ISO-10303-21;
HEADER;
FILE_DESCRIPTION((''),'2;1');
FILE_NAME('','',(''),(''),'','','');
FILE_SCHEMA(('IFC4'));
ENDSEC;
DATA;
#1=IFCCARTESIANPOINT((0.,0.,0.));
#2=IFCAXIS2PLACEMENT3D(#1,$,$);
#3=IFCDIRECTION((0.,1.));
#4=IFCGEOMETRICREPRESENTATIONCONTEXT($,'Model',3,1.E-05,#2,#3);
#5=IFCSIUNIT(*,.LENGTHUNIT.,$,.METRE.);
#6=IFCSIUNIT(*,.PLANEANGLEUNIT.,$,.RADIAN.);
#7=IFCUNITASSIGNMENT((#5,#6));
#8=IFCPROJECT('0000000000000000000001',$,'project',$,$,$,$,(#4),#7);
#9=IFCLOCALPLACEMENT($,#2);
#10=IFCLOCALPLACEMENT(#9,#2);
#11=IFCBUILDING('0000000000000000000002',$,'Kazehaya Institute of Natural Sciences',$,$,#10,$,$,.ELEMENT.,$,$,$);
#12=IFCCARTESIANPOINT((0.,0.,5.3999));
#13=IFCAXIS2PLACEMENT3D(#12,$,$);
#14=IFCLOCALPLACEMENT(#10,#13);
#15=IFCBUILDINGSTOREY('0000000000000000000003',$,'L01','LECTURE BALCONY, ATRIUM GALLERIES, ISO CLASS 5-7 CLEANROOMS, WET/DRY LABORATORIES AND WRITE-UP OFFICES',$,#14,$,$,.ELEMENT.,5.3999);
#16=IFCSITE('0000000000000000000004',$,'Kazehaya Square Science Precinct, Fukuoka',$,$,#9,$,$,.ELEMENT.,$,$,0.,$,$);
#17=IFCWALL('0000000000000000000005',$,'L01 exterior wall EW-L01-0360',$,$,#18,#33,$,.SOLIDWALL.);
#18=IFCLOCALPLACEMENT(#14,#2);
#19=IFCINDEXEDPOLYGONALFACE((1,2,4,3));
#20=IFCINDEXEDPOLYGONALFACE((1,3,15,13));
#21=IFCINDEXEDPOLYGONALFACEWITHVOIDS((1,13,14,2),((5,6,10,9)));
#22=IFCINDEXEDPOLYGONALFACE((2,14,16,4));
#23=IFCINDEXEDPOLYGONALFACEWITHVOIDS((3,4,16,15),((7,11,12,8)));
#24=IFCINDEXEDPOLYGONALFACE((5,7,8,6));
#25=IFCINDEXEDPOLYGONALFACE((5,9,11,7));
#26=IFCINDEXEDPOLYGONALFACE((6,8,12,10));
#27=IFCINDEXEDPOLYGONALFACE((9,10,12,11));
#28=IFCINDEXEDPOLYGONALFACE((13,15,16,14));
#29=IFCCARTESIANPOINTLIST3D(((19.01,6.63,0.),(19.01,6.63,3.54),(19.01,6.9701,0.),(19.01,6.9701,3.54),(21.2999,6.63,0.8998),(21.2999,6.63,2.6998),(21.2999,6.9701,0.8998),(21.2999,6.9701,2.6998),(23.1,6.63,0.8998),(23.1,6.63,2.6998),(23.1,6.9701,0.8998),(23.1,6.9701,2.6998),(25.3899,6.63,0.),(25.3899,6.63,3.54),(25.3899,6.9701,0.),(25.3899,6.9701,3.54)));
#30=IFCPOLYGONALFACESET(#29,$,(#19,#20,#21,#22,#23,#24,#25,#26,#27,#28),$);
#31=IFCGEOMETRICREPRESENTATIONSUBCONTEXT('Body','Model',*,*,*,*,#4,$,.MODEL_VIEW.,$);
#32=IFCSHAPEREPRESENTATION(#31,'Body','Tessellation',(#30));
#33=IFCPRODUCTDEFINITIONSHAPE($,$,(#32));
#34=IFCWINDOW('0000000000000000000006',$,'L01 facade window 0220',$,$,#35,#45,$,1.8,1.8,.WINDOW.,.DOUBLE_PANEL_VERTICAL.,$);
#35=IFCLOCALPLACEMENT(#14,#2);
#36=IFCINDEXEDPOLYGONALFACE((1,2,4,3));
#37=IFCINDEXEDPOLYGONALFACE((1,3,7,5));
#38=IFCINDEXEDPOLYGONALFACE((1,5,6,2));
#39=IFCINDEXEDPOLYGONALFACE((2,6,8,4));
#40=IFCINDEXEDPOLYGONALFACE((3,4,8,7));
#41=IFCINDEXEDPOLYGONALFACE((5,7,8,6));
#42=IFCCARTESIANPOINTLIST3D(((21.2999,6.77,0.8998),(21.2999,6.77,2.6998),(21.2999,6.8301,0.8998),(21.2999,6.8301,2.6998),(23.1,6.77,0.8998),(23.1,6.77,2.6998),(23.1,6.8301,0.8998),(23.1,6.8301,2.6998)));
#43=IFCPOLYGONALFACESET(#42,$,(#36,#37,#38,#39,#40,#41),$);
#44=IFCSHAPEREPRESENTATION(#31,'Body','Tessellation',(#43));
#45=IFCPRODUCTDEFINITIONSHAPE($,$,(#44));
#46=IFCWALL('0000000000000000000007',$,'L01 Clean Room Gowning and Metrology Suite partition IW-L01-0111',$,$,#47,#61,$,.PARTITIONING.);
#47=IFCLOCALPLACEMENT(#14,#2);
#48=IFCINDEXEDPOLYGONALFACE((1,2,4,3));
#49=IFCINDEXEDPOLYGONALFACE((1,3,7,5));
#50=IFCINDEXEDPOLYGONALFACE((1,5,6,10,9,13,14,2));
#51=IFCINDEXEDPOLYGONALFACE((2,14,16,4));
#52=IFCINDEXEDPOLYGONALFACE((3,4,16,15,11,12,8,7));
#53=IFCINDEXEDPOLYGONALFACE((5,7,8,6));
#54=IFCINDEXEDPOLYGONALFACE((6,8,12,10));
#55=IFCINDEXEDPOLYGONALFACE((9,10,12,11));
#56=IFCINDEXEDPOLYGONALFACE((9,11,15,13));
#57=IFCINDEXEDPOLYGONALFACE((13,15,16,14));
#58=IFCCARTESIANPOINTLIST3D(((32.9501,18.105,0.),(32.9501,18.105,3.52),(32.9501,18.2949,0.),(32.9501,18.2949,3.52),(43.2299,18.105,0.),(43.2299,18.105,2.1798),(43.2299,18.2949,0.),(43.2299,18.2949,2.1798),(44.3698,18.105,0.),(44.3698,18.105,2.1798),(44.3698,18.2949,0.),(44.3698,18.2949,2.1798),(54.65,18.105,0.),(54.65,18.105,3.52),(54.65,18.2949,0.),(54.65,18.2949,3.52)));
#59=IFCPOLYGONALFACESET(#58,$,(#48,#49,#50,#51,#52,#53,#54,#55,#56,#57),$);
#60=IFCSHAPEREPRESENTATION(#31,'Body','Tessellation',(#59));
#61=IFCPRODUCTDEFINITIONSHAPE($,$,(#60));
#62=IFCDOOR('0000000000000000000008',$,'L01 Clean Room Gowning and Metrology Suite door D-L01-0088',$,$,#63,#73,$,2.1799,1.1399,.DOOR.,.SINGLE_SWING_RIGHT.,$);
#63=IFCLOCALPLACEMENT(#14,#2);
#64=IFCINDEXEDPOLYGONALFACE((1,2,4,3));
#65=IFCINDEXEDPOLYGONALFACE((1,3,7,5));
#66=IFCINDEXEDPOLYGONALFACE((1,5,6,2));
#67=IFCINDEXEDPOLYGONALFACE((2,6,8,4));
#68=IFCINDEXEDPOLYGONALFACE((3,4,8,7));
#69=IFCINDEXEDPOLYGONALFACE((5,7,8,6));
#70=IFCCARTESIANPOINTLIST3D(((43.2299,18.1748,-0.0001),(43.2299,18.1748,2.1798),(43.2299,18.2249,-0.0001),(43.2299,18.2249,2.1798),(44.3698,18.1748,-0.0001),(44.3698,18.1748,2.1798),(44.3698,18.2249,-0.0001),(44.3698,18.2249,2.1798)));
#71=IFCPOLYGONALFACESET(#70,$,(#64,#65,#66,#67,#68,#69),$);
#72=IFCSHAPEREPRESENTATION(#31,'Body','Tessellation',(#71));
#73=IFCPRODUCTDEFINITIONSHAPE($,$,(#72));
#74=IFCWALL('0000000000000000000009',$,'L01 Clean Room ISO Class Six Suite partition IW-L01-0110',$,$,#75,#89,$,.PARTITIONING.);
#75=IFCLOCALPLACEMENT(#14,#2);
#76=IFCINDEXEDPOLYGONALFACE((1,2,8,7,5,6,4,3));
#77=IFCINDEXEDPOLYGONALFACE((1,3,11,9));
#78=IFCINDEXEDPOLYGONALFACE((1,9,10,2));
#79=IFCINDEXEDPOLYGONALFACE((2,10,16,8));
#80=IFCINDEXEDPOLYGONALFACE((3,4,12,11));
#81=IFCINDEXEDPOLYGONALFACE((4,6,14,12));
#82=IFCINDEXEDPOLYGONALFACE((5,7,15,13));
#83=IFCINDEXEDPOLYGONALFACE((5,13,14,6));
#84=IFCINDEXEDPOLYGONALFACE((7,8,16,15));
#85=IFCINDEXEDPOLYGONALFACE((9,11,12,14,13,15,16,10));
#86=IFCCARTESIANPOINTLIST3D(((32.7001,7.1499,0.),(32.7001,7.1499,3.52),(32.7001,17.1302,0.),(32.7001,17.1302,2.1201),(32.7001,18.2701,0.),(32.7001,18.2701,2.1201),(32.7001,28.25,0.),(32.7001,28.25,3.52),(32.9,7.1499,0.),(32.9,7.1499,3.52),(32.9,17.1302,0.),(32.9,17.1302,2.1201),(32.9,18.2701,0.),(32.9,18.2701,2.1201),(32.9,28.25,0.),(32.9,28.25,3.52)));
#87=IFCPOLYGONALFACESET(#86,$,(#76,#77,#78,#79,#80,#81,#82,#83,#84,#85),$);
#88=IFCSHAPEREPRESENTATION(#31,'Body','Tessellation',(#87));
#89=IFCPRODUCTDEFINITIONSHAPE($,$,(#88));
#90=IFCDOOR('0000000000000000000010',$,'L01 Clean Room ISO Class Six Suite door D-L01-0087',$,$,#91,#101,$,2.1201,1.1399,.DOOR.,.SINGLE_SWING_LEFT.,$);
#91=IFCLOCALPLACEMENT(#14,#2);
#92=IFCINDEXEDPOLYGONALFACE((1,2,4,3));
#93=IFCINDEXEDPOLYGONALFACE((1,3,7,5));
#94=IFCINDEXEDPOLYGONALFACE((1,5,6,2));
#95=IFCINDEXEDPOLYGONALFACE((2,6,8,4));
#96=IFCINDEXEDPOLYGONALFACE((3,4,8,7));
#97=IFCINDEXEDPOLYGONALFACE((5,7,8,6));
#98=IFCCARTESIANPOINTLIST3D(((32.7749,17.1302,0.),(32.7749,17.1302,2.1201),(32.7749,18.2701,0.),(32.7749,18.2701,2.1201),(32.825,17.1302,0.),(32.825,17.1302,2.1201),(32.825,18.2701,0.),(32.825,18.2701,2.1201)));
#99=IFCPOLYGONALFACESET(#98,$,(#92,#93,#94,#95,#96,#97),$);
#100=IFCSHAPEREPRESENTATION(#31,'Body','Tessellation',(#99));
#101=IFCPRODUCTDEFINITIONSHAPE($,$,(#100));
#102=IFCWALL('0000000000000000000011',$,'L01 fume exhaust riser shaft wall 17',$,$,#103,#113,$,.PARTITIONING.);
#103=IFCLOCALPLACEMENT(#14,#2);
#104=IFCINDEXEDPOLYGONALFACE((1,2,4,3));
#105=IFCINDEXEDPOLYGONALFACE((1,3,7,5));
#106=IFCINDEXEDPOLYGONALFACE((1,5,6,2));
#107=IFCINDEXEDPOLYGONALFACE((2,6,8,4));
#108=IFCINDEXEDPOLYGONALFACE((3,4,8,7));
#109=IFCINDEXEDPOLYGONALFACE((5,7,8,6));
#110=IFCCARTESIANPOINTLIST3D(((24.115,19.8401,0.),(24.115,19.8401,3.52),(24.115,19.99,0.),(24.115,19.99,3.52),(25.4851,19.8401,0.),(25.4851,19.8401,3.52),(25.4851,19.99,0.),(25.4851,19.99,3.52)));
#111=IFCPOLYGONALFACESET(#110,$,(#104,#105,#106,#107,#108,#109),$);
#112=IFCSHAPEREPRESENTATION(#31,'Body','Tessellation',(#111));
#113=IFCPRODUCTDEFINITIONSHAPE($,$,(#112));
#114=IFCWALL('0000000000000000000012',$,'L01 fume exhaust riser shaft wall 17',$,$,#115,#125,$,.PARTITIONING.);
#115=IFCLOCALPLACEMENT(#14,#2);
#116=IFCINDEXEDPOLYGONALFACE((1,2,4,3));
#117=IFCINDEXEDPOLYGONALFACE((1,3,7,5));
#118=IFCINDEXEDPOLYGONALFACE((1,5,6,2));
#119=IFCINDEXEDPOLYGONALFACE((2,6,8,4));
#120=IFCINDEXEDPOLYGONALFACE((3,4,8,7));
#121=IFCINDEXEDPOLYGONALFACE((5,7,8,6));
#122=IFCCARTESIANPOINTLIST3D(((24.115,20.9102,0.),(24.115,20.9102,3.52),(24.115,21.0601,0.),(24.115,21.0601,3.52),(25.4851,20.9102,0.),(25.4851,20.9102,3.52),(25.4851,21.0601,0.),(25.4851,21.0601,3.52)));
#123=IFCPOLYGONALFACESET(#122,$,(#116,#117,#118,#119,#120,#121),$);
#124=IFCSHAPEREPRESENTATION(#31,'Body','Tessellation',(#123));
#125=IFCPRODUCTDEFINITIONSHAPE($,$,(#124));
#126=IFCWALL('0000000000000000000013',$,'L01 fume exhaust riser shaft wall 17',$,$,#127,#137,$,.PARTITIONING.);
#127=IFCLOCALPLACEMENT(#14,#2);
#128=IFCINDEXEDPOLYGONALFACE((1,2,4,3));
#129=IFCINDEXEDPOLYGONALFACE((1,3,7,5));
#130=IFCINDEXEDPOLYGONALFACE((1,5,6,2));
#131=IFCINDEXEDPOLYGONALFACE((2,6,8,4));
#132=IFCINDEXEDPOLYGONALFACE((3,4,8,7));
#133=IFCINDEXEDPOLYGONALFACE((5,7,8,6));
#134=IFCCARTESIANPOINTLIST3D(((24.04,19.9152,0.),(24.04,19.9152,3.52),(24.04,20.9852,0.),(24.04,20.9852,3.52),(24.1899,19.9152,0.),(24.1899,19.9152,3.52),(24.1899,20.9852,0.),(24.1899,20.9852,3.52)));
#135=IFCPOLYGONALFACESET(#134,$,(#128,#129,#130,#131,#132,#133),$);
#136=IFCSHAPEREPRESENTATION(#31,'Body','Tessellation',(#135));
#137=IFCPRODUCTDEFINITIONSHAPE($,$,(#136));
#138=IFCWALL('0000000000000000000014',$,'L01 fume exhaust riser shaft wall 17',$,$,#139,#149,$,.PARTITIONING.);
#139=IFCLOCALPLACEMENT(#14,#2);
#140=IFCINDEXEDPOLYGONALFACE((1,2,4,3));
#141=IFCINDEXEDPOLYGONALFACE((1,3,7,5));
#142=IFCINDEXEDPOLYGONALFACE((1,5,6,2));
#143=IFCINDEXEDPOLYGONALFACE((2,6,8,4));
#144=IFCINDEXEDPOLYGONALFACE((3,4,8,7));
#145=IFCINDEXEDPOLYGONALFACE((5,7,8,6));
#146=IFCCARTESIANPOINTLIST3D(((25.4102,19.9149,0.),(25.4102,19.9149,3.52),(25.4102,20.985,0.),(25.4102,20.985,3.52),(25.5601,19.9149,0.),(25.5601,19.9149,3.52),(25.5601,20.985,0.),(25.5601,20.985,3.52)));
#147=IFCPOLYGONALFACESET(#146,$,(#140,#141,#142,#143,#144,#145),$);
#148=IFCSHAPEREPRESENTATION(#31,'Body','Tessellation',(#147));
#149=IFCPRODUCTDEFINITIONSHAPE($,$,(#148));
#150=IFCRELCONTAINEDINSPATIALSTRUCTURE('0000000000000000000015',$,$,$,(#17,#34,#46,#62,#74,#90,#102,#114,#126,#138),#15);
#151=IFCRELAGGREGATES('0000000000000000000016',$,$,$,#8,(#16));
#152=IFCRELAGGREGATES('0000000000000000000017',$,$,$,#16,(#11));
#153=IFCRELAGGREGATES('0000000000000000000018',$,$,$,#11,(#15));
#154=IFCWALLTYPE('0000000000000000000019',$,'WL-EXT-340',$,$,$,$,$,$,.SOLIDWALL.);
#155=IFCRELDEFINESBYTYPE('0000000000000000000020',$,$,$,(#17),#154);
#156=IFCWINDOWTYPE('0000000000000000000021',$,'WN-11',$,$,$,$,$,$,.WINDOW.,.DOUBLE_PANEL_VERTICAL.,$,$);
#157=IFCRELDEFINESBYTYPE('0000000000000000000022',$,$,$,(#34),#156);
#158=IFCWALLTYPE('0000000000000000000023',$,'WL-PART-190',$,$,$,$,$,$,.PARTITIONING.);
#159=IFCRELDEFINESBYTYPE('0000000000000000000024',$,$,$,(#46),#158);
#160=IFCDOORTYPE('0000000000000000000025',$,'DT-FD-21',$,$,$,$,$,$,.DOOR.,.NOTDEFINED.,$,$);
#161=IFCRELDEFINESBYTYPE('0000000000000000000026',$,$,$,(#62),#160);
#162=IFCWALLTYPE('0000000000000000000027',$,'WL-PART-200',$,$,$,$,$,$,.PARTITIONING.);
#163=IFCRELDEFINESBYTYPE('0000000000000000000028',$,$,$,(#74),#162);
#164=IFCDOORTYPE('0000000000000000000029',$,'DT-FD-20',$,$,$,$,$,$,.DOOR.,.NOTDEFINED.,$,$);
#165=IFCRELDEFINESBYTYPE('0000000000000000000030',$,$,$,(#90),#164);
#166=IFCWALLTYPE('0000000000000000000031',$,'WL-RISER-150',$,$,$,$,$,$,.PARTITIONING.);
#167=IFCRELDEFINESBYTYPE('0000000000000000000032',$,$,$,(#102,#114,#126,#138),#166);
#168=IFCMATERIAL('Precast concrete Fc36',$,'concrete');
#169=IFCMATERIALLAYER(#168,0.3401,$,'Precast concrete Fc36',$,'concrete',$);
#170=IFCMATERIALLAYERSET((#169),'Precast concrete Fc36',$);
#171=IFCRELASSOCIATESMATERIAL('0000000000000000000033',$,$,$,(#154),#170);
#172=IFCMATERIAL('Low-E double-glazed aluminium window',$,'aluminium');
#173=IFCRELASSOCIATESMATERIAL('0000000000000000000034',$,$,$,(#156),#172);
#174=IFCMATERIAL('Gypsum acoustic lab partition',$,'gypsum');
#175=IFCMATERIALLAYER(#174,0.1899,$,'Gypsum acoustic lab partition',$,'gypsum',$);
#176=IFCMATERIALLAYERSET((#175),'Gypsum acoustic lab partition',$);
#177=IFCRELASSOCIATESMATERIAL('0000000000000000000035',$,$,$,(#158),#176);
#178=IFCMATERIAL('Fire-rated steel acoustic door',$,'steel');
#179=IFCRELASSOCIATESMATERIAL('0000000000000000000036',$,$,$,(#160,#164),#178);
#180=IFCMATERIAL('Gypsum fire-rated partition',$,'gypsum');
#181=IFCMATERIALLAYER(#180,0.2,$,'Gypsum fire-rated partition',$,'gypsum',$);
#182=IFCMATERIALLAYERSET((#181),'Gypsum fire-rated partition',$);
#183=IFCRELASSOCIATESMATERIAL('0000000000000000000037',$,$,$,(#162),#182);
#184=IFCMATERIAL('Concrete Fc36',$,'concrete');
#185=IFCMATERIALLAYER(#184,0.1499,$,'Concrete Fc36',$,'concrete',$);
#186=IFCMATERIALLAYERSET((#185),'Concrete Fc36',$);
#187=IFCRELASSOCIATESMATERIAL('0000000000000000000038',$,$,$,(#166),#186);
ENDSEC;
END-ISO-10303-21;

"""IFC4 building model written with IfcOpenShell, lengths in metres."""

from ifc_helpers import new_model, si_unit, direction, frame, frame_2d, origin, place, context, subcontext, project, spatial, rectangle, extrude, material, layer, layer_set, type_object, element, fill, save


model = new_model("IFC4")

# Units and contexts
model_context = context("Model", 3, precision=1e-05, world=origin(), true_north=direction((0.0, 1.0)))
body_context = subcontext(model_context, "Body", "Model", "MODEL_VIEW")
ifc_project = project(units=[si_unit("LENGTHUNIT", "METRE"), si_unit("PLANEANGLEUNIT", "RADIAN")], contexts=[model_context])

# Site, building, storey
site_placement = place(None, origin())
site = spatial("IfcSite", under=ifc_project, at=site_placement, Name="Kazehaya Square Science Precinct, Fukuoka", CompositionType="ELEMENT", RefElevation=0.0)
building_placement = place(site_placement, origin())
building = spatial("IfcBuilding", under=site, at=building_placement, Name="Kazehaya Institute of Natural Sciences", CompositionType="ELEMENT")
storey_placement = place(building_placement, frame((0.0, 0.0, 5.3999)))
storey = spatial("IfcBuildingStorey", under=building, at=storey_placement, Name="L01", Description="LECTURE BALCONY, ATRIUM GALLERIES, ISO CLASS 5-7 CLEANROOMS, WET/DRY LABORATORIES AND WRITE-UP OFFICES", CompositionType="ELEMENT", Elevation=5.3999)

# Shared definitions
ifc_material_1 = material(Name="Concrete Fc36", Category="concrete")
ifc_material_2 = material(Name="Precast concrete Fc36", Category="concrete")

# Shared definitions
ifc_layer_1 = layer(ifc_material_2, 0.3401, Name="Precast concrete Fc36", Category="concrete")
ifc_layer_set_1 = layer_set([ifc_layer_1], Name="Precast concrete Fc36")
wall_type_1 = type_object("IfcWallType", Name="WL-EXT-340", PredefinedType="SOLIDWALL", material=ifc_layer_set_1)

# Wall, opening, window
wall_1_placement = place(storey_placement, frame((25.3899, 6.8, 0.0), z_axis=(0.0, 0.0, 1.0), x_axis=(-1.0, 0.0, 0.0)))
wall_1 = element("IfcWall", 1, at=wall_1_placement, inside=storey, type_object=wall_type_1, Name="L01 exterior wall EW-L01-0360", PredefinedType="SOLIDWALL", context=body_context, shape_type="SweptSolid", body=[
    extrude(rectangle(XDim=6.3799, YDim=0.3401, at=frame_2d((3.1899, 0.0))), origin(), (0.0, 0.0, 1.0), 3.54),
])
opening_1_placement = place(wall_1_placement, frame((2.29, 0.0, 0.8999)))
opening_1 = element("IfcOpeningElement", 2, at=opening_1_placement, cuts=wall_1, PredefinedType="OPENING", context=body_context, shape_type="SweptSolid", body=[
    extrude(rectangle(XDim=1.8, YDim=1.8, at=frame_2d((0.8999, 0.8999))), frame((0.0, 0.1799, 0.0), z_axis=(0.0, -1.0, 0.0), x_axis=(1.0, 0.0, 0.0)), (0.0, 0.0, 1.0), 0.3601),
])
ifc_material_3 = material(Name="Low-E double-glazed aluminium window", Category="aluminium")
window_type = type_object("IfcWindowType", Name="WN-11", PartitioningType="DOUBLE_PANEL_VERTICAL", PredefinedType="WINDOW", material=ifc_material_3)
window_placement = place(opening_1_placement, origin())
window = element("IfcWindow", 3, at=window_placement, inside=storey, type_object=window_type, Name="L01 facade window 0220", OverallHeight=1.8, OverallWidth=1.8, PartitioningType="DOUBLE_PANEL_VERTICAL", PredefinedType="WINDOW", context=body_context, shape_type="SweptSolid", body=[
    extrude(rectangle(XDim=1.8, YDim=1.8, at=frame_2d((0.8999, 0.8999))), frame((0.0, 0.03, 0.0), z_axis=(0.0, -1.0, 0.0), x_axis=(1.0, 0.0, 0.0)), (0.0, 0.0, 1.0), 0.0601),
])
fill(opening_1, window)

# Walls, openings, doors
ifc_material_4 = material(Name="Gypsum acoustic lab partition", Category="gypsum")
ifc_layer_2 = layer(ifc_material_4, 0.1899, Name="Gypsum acoustic lab partition", Category="gypsum")
ifc_layer_set_2 = layer_set([ifc_layer_2], Name="Gypsum acoustic lab partition")
wall_type_2 = type_object("IfcWallType", Name="WL-PART-190", PredefinedType="PARTITIONING", material=ifc_layer_set_2)
wall_2_placement = place(storey_placement, frame((32.95, 18.2, 0.0), z_axis=(0.0, 0.0, 1.0), x_axis=(1.0, 0.0, 0.0)))
wall_2 = element("IfcWall", 4, at=wall_2_placement, inside=storey, type_object=wall_type_2, Name="L01 Clean Room Gowning and Metrology Suite partition IW-L01-0111", PredefinedType="PARTITIONING", context=body_context, shape_type="SweptSolid", body=[
    extrude(rectangle(XDim=21.7, YDim=0.1899, at=frame_2d((10.8501, 0.0))), origin(), (0.0, 0.0, 1.0), 3.52),
])
opening_2_placement = place(wall_2_placement, frame((10.28, 0.0, 0.0)))
opening_2 = element("IfcOpeningElement", 5, at=opening_2_placement, cuts=wall_2, PredefinedType="OPENING", context=body_context, shape_type="SweptSolid", body=[
    extrude(rectangle(XDim=1.1399, YDim=2.1799, at=frame_2d((0.5698, 1.0898))), frame((0.0, 0.105, 0.0), z_axis=(0.0, -1.0, 0.0), x_axis=(1.0, 0.0, 0.0)), (0.0, 0.0, 1.0), 0.21),
])
ifc_material_5 = material(Name="Fire-rated steel acoustic door", Category="steel")
door_type_1 = type_object("IfcDoorType", Name="DT-FD-21", OperationType="NOTDEFINED", PredefinedType="DOOR", material=ifc_material_5)
door_1_placement = place(opening_2_placement, origin())
door_1 = element("IfcDoor", 6, at=door_1_placement, inside=storey, type_object=door_type_1, Name="L01 Clean Room Gowning and Metrology Suite door D-L01-0088", OperationType="SINGLE_SWING_RIGHT", OverallHeight=2.1799, OverallWidth=1.1399, PredefinedType="DOOR", context=body_context, shape_type="SweptSolid", body=[
    extrude(rectangle(XDim=1.1399, YDim=2.1799, at=frame_2d((0.5698, 1.0898))), frame((0.0, 0.0249, 0.0), z_axis=(0.0, -1.0, 0.0), x_axis=(1.0, 0.0, 0.0)), (0.0, 0.0, 1.0), 0.05),
])
fill(opening_2, door_1)
ifc_material_6 = material(Name="Gypsum fire-rated partition", Category="gypsum")
ifc_layer_3 = layer(ifc_material_6, 0.2, Name="Gypsum fire-rated partition", Category="gypsum")
ifc_layer_set_3 = layer_set([ifc_layer_3], Name="Gypsum fire-rated partition")
wall_type_3 = type_object("IfcWallType", Name="WL-PART-200", PredefinedType="PARTITIONING", material=ifc_layer_set_3)
wall_3_placement = place(storey_placement, frame((32.8, 28.25, 0.0), z_axis=(0.0, 0.0, 1.0), x_axis=(0.0, -1.0, 0.0)))
wall_3 = element("IfcWall", 7, at=wall_3_placement, inside=storey, type_object=wall_type_3, Name="L01 Clean Room ISO Class Six Suite partition IW-L01-0110", PredefinedType="PARTITIONING", context=body_context, shape_type="SweptSolid", body=[
    extrude(rectangle(XDim=21.1001, YDim=0.2, at=frame_2d((10.55, 0.0))), origin(), (0.0, 0.0, 1.0), 3.52),
])
opening_3_placement = place(wall_3_placement, frame((9.98, 0.0, 0.0)))
opening_3 = element("IfcOpeningElement", 8, at=opening_3_placement, cuts=wall_3, PredefinedType="OPENING", context=body_context, shape_type="SweptSolid", body=[
    extrude(rectangle(XDim=1.1399, YDim=2.1201, at=frame_2d((0.5698, 1.0601))), frame((0.0, 0.1099, 0.0), z_axis=(0.0, -1.0, 0.0), x_axis=(1.0, 0.0, 0.0)), (0.0, 0.0, 1.0), 0.22),
])
door_type_2 = type_object("IfcDoorType", Name="DT-FD-20", OperationType="NOTDEFINED", PredefinedType="DOOR", material=ifc_material_5)
door_2_placement = place(opening_3_placement, origin())
door_2 = element("IfcDoor", 9, at=door_2_placement, inside=storey, type_object=door_type_2, Name="L01 Clean Room ISO Class Six Suite door D-L01-0087", OperationType="SINGLE_SWING_LEFT", OverallHeight=2.1201, OverallWidth=1.1399, PredefinedType="DOOR", context=body_context, shape_type="SweptSolid", body=[
    extrude(rectangle(XDim=1.1399, YDim=2.1201, at=frame_2d((0.5698, 1.0601))), frame((0.0, 0.0249, 0.0), z_axis=(0.0, -1.0, 0.0), x_axis=(1.0, 0.0, 0.0)), (0.0, 0.0, 1.0), 0.05),
])
fill(opening_3, door_2)

# Walls
ifc_layer_4 = layer(ifc_material_1, 0.1499, Name="Concrete Fc36", Category="concrete")
ifc_layer_set_4 = layer_set([ifc_layer_4], Name="Concrete Fc36")
wall_type_4 = type_object("IfcWallType", Name="WL-RISER-150", PredefinedType="PARTITIONING", material=ifc_layer_set_4)
for number, where, z_axis, x_axis, name in (
    (10, (25.4851, 19.915, 0.0), (0.0, 0.0, 1.0), (-1.0, 0.0, 0.0), "L01 fume exhaust riser shaft wall 17"),
    (11, (24.115, 20.9851, 0.0), (0.0, 0.0, 1.0), (1.0, 0.0, 0.0), "L01 fume exhaust riser shaft wall 17"),
):
    element("IfcWall", number, at=place(storey_placement, frame(where, z_axis=z_axis, x_axis=x_axis)), inside=storey, type_object=wall_type_4, Name=name, PredefinedType="PARTITIONING", context=body_context, shape_type="SweptSolid", body=[
        extrude(rectangle(XDim=1.3701, YDim=0.1499, at=frame_2d((0.6851, 0.0))), origin(), (0.0, 0.0, 1.0), 3.52),
    ])
for number, where, z_axis, x_axis, name in (
    (12, (24.115, 19.915, 0.0), (0.0, 0.0, 1.0), (0.0, 1.0, 0.0), "L01 fume exhaust riser shaft wall 17"),
    (13, (25.4851, 20.9851, 0.0), (0.0, 0.0, 1.0), (0.0, -1.0, 0.0), "L01 fume exhaust riser shaft wall 17"),
):
    element("IfcWall", number, at=place(storey_placement, frame(where, z_axis=z_axis, x_axis=x_axis)), inside=storey, type_object=wall_type_4, Name=name, PredefinedType="PARTITIONING", context=body_context, shape_type="SweptSolid", body=[
        extrude(rectangle(XDim=1.0701, YDim=0.1499, at=frame_2d((0.5352, 0.0))), origin(), (0.0, 0.0, 1.0), 3.52),
    ])

save(model, "model.ifc")
